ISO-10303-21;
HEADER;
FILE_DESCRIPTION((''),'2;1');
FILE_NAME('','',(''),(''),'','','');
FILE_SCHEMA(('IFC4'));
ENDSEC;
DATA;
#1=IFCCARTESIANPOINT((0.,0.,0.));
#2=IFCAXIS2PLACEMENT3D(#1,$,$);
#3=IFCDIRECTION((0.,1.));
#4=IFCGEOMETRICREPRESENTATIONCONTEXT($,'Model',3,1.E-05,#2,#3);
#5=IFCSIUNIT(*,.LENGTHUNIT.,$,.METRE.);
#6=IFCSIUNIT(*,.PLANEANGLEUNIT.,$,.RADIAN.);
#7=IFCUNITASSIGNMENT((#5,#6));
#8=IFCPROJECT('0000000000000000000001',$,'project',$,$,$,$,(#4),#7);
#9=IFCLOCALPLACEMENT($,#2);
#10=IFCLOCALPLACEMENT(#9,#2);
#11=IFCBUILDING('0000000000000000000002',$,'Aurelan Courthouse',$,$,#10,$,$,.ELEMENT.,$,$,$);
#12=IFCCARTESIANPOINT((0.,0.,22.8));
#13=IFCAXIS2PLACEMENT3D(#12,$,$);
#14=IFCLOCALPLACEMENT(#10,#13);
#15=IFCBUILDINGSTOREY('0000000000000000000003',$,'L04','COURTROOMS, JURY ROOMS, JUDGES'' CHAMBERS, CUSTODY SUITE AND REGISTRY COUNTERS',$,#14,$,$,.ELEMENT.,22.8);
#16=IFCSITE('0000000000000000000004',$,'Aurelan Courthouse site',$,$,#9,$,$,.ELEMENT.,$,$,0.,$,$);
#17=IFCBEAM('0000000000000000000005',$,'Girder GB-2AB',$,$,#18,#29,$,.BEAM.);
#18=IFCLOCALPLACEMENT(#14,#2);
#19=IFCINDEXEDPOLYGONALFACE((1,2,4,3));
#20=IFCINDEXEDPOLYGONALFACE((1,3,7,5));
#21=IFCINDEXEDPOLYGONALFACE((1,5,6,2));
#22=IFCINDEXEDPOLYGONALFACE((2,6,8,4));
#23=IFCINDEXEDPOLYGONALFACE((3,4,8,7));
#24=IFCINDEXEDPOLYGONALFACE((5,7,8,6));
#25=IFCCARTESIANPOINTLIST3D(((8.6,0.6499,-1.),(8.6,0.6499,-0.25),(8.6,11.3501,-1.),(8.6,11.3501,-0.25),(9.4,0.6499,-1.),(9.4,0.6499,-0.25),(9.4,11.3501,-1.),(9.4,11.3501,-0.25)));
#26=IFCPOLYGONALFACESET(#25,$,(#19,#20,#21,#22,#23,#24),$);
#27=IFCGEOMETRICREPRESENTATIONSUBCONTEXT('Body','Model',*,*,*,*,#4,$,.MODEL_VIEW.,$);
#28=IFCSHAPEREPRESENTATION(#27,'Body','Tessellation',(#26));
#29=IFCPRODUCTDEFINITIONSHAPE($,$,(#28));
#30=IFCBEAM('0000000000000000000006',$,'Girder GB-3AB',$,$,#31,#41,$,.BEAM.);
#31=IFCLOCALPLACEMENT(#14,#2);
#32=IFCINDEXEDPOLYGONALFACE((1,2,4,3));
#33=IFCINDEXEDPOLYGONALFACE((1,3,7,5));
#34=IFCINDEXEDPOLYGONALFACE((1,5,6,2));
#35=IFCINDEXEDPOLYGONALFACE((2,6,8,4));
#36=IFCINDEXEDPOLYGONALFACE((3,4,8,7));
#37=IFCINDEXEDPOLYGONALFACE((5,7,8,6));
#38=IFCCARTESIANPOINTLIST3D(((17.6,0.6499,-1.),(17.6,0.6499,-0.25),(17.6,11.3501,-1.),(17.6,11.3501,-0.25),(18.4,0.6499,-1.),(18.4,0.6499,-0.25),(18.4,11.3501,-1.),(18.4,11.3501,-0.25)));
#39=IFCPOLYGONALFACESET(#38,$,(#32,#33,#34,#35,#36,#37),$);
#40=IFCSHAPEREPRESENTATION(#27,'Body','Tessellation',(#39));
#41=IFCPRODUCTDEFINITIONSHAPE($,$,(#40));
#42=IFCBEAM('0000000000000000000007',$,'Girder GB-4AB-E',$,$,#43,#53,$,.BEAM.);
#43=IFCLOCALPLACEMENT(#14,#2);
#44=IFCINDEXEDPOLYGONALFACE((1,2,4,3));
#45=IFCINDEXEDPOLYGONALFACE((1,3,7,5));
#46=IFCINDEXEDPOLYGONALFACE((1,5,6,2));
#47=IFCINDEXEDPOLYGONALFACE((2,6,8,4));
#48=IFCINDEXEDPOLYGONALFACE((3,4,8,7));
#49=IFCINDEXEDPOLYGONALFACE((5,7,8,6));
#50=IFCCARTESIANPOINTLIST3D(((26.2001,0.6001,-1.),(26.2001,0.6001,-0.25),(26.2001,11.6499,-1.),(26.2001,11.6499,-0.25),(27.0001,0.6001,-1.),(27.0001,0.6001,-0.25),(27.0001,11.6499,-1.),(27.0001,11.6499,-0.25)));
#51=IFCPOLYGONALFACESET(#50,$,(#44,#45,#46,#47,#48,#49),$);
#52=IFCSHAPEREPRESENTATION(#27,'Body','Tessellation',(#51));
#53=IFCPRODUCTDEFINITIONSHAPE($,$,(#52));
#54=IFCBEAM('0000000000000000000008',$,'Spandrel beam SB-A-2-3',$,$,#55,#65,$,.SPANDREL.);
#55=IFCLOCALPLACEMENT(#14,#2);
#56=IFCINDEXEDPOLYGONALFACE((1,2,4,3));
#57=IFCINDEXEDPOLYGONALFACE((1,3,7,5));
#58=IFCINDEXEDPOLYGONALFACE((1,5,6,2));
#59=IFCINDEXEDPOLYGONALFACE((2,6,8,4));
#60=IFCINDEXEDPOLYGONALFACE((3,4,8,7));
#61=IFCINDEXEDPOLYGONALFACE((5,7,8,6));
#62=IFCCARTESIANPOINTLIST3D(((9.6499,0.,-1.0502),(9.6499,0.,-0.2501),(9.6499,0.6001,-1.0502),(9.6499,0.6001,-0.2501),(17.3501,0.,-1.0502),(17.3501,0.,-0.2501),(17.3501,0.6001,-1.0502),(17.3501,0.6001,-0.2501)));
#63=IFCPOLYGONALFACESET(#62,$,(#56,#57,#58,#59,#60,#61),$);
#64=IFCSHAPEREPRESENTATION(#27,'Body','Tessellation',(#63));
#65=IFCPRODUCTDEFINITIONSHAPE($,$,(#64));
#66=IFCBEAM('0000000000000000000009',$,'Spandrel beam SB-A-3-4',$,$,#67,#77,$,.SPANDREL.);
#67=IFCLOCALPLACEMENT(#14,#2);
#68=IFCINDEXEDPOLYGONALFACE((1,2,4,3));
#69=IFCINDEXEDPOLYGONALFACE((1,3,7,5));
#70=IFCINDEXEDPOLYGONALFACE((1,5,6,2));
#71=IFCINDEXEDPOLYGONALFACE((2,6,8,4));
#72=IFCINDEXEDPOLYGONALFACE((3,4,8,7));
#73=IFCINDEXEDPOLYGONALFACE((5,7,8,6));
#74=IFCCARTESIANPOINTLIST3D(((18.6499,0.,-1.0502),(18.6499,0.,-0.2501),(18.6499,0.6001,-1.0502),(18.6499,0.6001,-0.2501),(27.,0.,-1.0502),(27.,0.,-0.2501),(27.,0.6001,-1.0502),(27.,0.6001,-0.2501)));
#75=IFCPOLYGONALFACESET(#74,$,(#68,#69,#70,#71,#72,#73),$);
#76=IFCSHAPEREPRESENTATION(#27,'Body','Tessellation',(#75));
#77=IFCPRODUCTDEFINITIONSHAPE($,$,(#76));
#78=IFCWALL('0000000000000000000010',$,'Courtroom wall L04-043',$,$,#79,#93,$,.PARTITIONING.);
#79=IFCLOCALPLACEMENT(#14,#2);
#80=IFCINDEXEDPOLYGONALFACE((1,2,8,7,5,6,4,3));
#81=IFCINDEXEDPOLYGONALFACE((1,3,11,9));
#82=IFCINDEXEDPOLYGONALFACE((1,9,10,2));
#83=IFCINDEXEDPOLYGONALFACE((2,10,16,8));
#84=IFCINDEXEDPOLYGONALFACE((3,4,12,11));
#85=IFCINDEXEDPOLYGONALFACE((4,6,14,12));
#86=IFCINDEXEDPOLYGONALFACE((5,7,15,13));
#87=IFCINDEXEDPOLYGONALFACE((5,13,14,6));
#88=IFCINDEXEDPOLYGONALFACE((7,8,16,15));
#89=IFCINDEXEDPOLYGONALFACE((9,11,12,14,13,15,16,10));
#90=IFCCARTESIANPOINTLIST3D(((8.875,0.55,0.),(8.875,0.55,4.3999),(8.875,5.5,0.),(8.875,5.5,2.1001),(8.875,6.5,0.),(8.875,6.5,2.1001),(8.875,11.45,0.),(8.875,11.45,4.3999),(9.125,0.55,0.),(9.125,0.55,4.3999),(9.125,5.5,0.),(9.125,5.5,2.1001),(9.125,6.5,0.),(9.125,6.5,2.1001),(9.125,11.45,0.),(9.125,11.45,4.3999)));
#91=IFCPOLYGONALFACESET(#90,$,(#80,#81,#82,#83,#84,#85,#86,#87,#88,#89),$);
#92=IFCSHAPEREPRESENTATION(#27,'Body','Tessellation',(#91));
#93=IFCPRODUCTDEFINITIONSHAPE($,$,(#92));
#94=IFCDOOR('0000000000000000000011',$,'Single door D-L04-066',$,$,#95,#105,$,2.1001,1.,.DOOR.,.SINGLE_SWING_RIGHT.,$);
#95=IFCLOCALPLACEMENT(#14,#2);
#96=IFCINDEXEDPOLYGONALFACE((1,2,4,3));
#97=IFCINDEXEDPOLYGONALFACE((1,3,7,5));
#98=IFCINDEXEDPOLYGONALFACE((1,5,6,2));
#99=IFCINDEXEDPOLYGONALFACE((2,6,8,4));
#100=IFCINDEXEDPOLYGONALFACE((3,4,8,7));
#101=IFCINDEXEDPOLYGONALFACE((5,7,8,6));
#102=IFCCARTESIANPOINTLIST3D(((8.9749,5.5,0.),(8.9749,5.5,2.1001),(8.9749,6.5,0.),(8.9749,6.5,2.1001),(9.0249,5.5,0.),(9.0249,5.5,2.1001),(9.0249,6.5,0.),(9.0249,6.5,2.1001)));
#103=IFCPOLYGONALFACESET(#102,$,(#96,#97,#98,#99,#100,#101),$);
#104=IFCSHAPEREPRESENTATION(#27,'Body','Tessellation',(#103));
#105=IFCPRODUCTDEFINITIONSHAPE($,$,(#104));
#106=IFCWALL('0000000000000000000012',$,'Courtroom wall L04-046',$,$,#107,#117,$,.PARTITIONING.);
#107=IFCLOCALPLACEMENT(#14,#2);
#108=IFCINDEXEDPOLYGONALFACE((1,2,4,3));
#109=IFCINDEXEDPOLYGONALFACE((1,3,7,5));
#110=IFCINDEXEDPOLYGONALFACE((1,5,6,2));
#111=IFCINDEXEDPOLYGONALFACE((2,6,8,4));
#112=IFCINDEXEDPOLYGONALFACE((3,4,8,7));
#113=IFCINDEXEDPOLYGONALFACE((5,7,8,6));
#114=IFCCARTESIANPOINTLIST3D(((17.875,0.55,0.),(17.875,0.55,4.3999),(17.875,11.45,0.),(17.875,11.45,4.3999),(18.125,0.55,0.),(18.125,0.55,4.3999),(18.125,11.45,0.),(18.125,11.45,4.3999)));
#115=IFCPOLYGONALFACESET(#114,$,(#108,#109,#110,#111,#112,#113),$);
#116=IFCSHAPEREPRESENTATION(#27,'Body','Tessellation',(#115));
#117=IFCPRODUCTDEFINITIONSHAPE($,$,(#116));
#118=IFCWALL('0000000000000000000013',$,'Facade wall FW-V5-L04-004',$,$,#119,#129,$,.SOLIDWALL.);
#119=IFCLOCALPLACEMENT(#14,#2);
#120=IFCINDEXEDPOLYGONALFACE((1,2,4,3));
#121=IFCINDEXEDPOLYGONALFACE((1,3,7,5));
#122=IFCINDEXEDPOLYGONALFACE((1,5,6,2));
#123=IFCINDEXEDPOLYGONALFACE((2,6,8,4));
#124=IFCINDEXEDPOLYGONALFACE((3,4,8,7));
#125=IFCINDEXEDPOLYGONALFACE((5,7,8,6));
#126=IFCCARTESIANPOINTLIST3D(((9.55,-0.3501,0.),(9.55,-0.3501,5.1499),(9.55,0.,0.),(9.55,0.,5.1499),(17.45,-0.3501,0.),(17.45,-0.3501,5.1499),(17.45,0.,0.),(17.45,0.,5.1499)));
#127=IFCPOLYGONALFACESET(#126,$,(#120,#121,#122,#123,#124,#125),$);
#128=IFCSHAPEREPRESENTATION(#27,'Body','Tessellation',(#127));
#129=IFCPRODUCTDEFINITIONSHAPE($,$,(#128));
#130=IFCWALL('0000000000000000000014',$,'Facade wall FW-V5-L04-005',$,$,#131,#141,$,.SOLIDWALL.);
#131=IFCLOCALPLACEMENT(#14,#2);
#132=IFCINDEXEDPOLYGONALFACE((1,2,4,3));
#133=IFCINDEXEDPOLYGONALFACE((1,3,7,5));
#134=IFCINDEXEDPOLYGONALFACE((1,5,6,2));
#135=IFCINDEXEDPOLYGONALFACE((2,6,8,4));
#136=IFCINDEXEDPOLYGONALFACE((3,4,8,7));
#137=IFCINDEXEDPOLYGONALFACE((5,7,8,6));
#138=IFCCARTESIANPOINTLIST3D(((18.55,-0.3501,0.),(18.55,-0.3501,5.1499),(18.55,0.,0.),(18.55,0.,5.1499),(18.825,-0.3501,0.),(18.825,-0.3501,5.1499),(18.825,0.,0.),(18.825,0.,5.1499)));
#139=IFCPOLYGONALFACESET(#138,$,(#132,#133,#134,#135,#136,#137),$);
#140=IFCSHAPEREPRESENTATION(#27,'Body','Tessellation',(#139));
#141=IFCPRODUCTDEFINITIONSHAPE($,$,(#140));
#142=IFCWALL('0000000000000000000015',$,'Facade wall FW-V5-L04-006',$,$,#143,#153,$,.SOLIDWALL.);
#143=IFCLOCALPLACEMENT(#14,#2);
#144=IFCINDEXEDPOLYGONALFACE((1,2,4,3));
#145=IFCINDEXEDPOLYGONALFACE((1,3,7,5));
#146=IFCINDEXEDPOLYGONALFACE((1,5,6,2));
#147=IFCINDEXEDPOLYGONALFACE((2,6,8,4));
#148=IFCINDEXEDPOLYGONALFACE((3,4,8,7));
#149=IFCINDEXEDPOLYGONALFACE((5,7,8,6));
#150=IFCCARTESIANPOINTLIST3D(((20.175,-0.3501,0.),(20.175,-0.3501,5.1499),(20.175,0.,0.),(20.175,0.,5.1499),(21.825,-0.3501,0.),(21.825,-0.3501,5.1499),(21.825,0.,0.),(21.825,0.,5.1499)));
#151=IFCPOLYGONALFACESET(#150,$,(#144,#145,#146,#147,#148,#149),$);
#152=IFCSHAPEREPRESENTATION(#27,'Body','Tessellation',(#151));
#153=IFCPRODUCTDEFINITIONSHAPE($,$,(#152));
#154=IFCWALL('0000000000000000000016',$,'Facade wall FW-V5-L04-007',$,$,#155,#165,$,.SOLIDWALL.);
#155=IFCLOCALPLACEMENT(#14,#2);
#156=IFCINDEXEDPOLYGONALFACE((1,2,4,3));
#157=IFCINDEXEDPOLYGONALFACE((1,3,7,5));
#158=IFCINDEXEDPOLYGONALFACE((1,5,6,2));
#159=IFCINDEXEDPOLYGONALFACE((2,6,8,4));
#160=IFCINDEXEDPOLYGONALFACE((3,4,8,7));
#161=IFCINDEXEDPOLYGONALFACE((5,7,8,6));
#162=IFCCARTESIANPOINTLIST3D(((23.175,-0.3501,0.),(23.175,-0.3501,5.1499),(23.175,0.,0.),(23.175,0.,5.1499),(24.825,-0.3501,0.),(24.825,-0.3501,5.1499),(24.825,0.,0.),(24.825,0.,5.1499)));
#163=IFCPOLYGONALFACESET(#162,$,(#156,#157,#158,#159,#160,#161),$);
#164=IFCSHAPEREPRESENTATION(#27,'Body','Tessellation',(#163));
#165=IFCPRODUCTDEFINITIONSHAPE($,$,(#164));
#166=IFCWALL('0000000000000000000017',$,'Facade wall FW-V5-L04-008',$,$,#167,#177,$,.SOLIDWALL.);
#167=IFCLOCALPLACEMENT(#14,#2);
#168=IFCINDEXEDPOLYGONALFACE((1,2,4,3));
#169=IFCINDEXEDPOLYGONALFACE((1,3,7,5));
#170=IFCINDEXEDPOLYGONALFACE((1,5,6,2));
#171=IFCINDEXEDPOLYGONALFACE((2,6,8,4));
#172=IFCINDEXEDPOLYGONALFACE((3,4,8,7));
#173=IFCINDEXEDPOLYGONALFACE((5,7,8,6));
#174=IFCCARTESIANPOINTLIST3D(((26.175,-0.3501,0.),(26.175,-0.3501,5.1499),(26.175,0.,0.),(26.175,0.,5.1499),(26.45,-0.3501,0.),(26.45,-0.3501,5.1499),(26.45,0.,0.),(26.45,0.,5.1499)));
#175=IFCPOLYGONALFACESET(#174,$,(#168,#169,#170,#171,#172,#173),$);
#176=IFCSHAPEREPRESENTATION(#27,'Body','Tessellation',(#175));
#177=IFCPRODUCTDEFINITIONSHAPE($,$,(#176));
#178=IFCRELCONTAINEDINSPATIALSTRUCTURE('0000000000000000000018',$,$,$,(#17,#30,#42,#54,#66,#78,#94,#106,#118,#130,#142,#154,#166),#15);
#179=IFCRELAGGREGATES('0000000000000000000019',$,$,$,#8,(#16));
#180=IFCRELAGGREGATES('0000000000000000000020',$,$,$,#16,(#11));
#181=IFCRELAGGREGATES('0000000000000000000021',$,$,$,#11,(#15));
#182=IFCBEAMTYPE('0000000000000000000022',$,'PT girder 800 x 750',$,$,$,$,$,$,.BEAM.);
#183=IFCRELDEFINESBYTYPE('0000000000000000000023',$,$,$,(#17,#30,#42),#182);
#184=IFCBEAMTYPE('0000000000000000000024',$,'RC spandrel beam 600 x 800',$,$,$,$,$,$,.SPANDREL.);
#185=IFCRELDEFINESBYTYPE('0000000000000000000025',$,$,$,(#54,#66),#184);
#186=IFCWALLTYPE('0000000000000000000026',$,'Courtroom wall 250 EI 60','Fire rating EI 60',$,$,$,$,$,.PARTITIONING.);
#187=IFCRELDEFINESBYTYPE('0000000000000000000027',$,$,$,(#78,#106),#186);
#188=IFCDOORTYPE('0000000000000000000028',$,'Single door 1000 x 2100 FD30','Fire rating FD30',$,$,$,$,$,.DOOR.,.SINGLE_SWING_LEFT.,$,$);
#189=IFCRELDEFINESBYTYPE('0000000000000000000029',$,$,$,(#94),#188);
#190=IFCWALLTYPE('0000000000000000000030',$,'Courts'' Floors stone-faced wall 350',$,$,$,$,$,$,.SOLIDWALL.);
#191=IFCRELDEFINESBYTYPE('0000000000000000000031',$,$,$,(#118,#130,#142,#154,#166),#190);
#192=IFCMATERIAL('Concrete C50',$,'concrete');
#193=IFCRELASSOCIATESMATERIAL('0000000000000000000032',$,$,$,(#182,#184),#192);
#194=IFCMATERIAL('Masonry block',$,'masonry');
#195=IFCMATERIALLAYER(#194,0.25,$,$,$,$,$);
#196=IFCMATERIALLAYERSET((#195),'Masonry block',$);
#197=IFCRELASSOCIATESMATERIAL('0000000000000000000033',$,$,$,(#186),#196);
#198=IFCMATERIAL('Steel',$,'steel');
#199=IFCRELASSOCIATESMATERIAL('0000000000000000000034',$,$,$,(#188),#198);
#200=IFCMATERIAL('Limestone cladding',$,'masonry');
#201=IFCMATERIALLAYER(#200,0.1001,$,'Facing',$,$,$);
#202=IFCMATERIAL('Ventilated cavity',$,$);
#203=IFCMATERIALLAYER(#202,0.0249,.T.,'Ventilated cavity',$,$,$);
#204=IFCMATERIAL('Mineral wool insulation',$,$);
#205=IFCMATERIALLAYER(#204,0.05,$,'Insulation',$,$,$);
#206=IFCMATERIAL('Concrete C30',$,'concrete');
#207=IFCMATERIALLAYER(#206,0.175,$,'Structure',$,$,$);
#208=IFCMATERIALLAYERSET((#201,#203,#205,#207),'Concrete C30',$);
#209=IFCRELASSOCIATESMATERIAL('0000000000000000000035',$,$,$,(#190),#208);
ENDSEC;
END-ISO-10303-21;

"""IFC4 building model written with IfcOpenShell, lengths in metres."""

from ifc_helpers import new_model, si_unit, direction, frame, frame_2d, origin, origin_2d, place, context, subcontext, project, spatial, rectangle, extrude, material, layer, layer_set, material_profile, profile_set, type_object, element, fill, save


model = new_model("IFC4")

# Units and contexts
model_context = context("Model", 3, precision=1e-05, world=origin(), true_north=direction((0.0, 1.0)))
body_context = subcontext(model_context, "Body", "Model", "MODEL_VIEW")
ifc_project = project(units=[si_unit("LENGTHUNIT", "METRE"), si_unit("PLANEANGLEUNIT", "RADIAN")], contexts=[model_context])

# Site, building, storey
site_placement = place(None, origin())
site = spatial("IfcSite", under=ifc_project, at=site_placement, Name="Aurelan Courthouse site", CompositionType="ELEMENT", RefElevation=0.0)
building_placement = place(site_placement, origin())
building = spatial("IfcBuilding", under=site, at=building_placement, Name="Aurelan Courthouse", CompositionType="ELEMENT")
storey_placement = place(building_placement, frame((0.0, 0.0, 22.8)))
storey = spatial("IfcBuildingStorey", under=building, at=storey_placement, Name="L04", Description="COURTROOMS, JURY ROOMS, JUDGES' CHAMBERS, CUSTODY SUITE AND REGISTRY COUNTERS", CompositionType="ELEMENT", Elevation=22.8)

# Shared definitions
ifc_material_1 = material(Name="Concrete C50", Category="concrete")

# Beams
ifc_material_profile_1 = material_profile(ifc_material_1, rectangle(XDim=0.8, YDim=0.75, at=origin_2d()), Name="RC 800 x 750")
ifc_profile_set_1 = profile_set([ifc_material_profile_1], Name="Concrete C50")
beam_type_1 = type_object("IfcBeamType", Name="PT girder 800 x 750", PredefinedType="BEAM", material=ifc_profile_set_1)
for number, where, z_axis, x_axis, name in (
    (1, (9.0, 0.6499, -0.625), (0.0, 1.0, 0.0), (-1.0, 0.0, 0.0), "Girder GB-2AB"),
    (2, (18.0, 0.6499, -0.625), (0.0, 1.0, 0.0), (-1.0, 0.0, 0.0), "Girder GB-3AB"),
):
    element("IfcBeam", number, at=place(storey_placement, frame(where, z_axis=z_axis, x_axis=x_axis)), inside=storey, type_object=beam_type_1, Name=name, PredefinedType="BEAM", context=body_context, shape_type="SweptSolid", body=[
        extrude(rectangle(XDim=0.8, YDim=0.75, at=origin_2d()), origin(), (0.0, 0.0, 1.0), 10.7002),
    ])
beam_1_placement = place(storey_placement, frame((26.6001, 0.6001, -0.625), z_axis=(0.0, 1.0, 0.0), x_axis=(-1.0, 0.0, 0.0)))
element("IfcBeam", 3, at=beam_1_placement, inside=storey, type_object=beam_type_1, Name="Girder GB-4AB-E", PredefinedType="BEAM", context=body_context, shape_type="SweptSolid", body=[
    extrude(rectangle(XDim=0.8, YDim=0.75, at=origin_2d()), origin(), (0.0, 0.0, 1.0), 11.0498),
])
ifc_material_profile_2 = material_profile(ifc_material_1, rectangle(XDim=0.6001, YDim=0.8, at=origin_2d()), Name="RC 600 x 800")
ifc_profile_set_2 = profile_set([ifc_material_profile_2], Name="Concrete C50")
beam_type_2 = type_object("IfcBeamType", Name="RC spandrel beam 600 x 800", PredefinedType="SPANDREL", material=ifc_profile_set_2)
beam_2_placement = place(storey_placement, frame((9.6499, 0.3, -0.6501), z_axis=(1.0, 0.0, 0.0), x_axis=(0.0, 1.0, 0.0)))
element("IfcBeam", 4, at=beam_2_placement, inside=storey, type_object=beam_type_2, Name="Spandrel beam SB-A-2-3", PredefinedType="SPANDREL", context=body_context, shape_type="SweptSolid", body=[
    extrude(rectangle(XDim=0.6001, YDim=0.8, at=origin_2d()), origin(), (0.0, 0.0, 1.0), 7.7002),
])
beam_3_placement = place(storey_placement, frame((18.6499, 0.3, -0.6501), z_axis=(1.0, 0.0, 0.0), x_axis=(0.0, 1.0, 0.0)))
element("IfcBeam", 5, at=beam_3_placement, inside=storey, type_object=beam_type_2, Name="Spandrel beam SB-A-3-4", PredefinedType="SPANDREL", context=body_context, shape_type="SweptSolid", body=[
    extrude(rectangle(XDim=0.6001, YDim=0.8, at=origin_2d()), origin(), (0.0, 0.0, 1.0), 8.3501),
])

# Wall, opening, door
ifc_material_2 = material(Name="Masonry block", Category="masonry")
ifc_layer_1 = layer(ifc_material_2, 0.25)
ifc_layer_set_1 = layer_set([ifc_layer_1], Name="Masonry block")
wall_type_1 = type_object("IfcWallType", Name="Courtroom wall 250 EI 60", Description="Fire rating EI 60", PredefinedType="PARTITIONING", material=ifc_layer_set_1)
wall_1_placement = place(storey_placement, frame((9.0, 0.55, 0.0), z_axis=(0.0, 0.0, 1.0), x_axis=(0.0, 1.0, 0.0)))
wall_1 = element("IfcWall", 6, at=wall_1_placement, inside=storey, type_object=wall_type_1, Name="Courtroom wall L04-043", PredefinedType="PARTITIONING", context=body_context, shape_type="SweptSolid", body=[
    extrude(rectangle(XDim=10.8999, YDim=0.25, at=frame_2d((5.45, 0.0))), origin(), (0.0, 0.0, 1.0), 4.3999),
])
opening_placement = place(wall_1_placement, frame((5.95, 0.0, 0.0), z_axis=(0.0, 0.0, 1.0), x_axis=(-1.0, 0.0, 0.0)))
opening = element("IfcOpeningElement", 7, at=opening_placement, cuts=wall_1, PredefinedType="OPENING", context=body_context, shape_type="SweptSolid", body=[
    extrude(rectangle(XDim=1.0, YDim=2.1001, at=frame_2d((0.5, 1.05))), frame((0.0, 0.135, 0.0), z_axis=(0.0, -1.0, 0.0), x_axis=(1.0, 0.0, 0.0)), (0.0, 0.0, 1.0), 0.27),
])
ifc_material_3 = material(Name="Steel", Category="steel")
door_type = type_object("IfcDoorType", Name="Single door 1000 x 2100 FD30", Description="Fire rating FD30", OperationType="SINGLE_SWING_LEFT", PredefinedType="DOOR", material=ifc_material_3)
door_placement = place(opening_placement, origin())
door = element("IfcDoor", 8, at=door_placement, inside=storey, type_object=door_type, Name="Single door D-L04-066", OperationType="SINGLE_SWING_RIGHT", OverallHeight=2.1001, OverallWidth=1.0, PredefinedType="DOOR", context=body_context, shape_type="SweptSolid", body=[
    extrude(rectangle(XDim=1.0, YDim=2.1001, at=frame_2d((0.5, 1.05))), frame((0.0, 0.0249, 0.0), z_axis=(0.0, -1.0, 0.0), x_axis=(1.0, 0.0, 0.0)), (0.0, 0.0, 1.0), 0.05),
])
fill(opening, door)

# Walls
wall_2_placement = place(storey_placement, frame((18.0, 0.55, 0.0), z_axis=(0.0, 0.0, 1.0), x_axis=(0.0, 1.0, 0.0)))
element("IfcWall", 9, at=wall_2_placement, inside=storey, type_object=wall_type_1, Name="Courtroom wall L04-046", PredefinedType="PARTITIONING", context=body_context, shape_type="SweptSolid", body=[
    extrude(rectangle(XDim=10.8999, YDim=0.25, at=frame_2d((5.45, 0.0))), origin(), (0.0, 0.0, 1.0), 4.3999),
])
ifc_material_4 = material(Name="Limestone cladding", Category="masonry")
ifc_layer_2 = layer(ifc_material_4, 0.1001, Name="Facing")
ifc_material_5 = material(Name="Ventilated cavity")
ifc_layer_3 = layer(ifc_material_5, 0.0249, ventilated=True, Name="Ventilated cavity")
ifc_material_6 = material(Name="Mineral wool insulation")
ifc_layer_4 = layer(ifc_material_6, 0.05, Name="Insulation")
ifc_material_7 = material(Name="Concrete C30", Category="concrete")
ifc_layer_5 = layer(ifc_material_7, 0.175, Name="Structure")
ifc_layer_set_2 = layer_set([ifc_layer_2, ifc_layer_3, ifc_layer_4, ifc_layer_5], Name="Concrete C30")
wall_type_2 = type_object("IfcWallType", Name="Courts' Floors stone-faced wall 350", PredefinedType="SOLIDWALL", material=ifc_layer_set_2)
wall_3_placement = place(storey_placement, frame((9.55, -0.175, 0.0), z_axis=(0.0, 0.0, 1.0), x_axis=(1.0, 0.0, 0.0)))
element("IfcWall", 10, at=wall_3_placement, inside=storey, type_object=wall_type_2, Name="Facade wall FW-V5-L04-004", PredefinedType="SOLIDWALL", context=body_context, shape_type="SweptSolid", body=[
    extrude(rectangle(XDim=7.8999, YDim=0.3501, at=frame_2d((3.95, 0.0))), origin(), (0.0, 0.0, 1.0), 5.1499),
])
wall_4_placement = place(storey_placement, frame((18.55, -0.175, 0.0), z_axis=(0.0, 0.0, 1.0), x_axis=(1.0, 0.0, 0.0)))
element("IfcWall", 11, at=wall_4_placement, inside=storey, type_object=wall_type_2, Name="Facade wall FW-V5-L04-005", PredefinedType="SOLIDWALL", context=body_context, shape_type="SweptSolid", body=[
    extrude(rectangle(XDim=0.2749, YDim=0.3501, at=frame_2d((0.1375, 0.0))), origin(), (0.0, 0.0, 1.0), 5.1499),
])
for number, where, z_axis, x_axis, name in (
    (12, (20.175, -0.175, 0.0), (0.0, 0.0, 1.0), (1.0, 0.0, 0.0), "Facade wall FW-V5-L04-006"),
    (13, (23.175, -0.175, 0.0), (0.0, 0.0, 1.0), (1.0, 0.0, 0.0), "Facade wall FW-V5-L04-007"),
):
    element("IfcWall", number, at=place(storey_placement, frame(where, z_axis=z_axis, x_axis=x_axis)), inside=storey, type_object=wall_type_2, Name=name, PredefinedType="SOLIDWALL", context=body_context, shape_type="SweptSolid", body=[
        extrude(rectangle(XDim=1.6499, YDim=0.3501, at=frame_2d((0.825, 0.0))), origin(), (0.0, 0.0, 1.0), 5.1499),
    ])
wall_5_placement = place(storey_placement, frame((26.175, -0.175, 0.0), z_axis=(0.0, 0.0, 1.0), x_axis=(1.0, 0.0, 0.0)))
element("IfcWall", 14, at=wall_5_placement, inside=storey, type_object=wall_type_2, Name="Facade wall FW-V5-L04-008", PredefinedType="SOLIDWALL", context=body_context, shape_type="SweptSolid", body=[
    extrude(rectangle(XDim=0.2749, YDim=0.3501, at=frame_2d((0.1375, 0.0))), origin(), (0.0, 0.0, 1.0), 5.1499),
])

save(model, "model.ifc")
